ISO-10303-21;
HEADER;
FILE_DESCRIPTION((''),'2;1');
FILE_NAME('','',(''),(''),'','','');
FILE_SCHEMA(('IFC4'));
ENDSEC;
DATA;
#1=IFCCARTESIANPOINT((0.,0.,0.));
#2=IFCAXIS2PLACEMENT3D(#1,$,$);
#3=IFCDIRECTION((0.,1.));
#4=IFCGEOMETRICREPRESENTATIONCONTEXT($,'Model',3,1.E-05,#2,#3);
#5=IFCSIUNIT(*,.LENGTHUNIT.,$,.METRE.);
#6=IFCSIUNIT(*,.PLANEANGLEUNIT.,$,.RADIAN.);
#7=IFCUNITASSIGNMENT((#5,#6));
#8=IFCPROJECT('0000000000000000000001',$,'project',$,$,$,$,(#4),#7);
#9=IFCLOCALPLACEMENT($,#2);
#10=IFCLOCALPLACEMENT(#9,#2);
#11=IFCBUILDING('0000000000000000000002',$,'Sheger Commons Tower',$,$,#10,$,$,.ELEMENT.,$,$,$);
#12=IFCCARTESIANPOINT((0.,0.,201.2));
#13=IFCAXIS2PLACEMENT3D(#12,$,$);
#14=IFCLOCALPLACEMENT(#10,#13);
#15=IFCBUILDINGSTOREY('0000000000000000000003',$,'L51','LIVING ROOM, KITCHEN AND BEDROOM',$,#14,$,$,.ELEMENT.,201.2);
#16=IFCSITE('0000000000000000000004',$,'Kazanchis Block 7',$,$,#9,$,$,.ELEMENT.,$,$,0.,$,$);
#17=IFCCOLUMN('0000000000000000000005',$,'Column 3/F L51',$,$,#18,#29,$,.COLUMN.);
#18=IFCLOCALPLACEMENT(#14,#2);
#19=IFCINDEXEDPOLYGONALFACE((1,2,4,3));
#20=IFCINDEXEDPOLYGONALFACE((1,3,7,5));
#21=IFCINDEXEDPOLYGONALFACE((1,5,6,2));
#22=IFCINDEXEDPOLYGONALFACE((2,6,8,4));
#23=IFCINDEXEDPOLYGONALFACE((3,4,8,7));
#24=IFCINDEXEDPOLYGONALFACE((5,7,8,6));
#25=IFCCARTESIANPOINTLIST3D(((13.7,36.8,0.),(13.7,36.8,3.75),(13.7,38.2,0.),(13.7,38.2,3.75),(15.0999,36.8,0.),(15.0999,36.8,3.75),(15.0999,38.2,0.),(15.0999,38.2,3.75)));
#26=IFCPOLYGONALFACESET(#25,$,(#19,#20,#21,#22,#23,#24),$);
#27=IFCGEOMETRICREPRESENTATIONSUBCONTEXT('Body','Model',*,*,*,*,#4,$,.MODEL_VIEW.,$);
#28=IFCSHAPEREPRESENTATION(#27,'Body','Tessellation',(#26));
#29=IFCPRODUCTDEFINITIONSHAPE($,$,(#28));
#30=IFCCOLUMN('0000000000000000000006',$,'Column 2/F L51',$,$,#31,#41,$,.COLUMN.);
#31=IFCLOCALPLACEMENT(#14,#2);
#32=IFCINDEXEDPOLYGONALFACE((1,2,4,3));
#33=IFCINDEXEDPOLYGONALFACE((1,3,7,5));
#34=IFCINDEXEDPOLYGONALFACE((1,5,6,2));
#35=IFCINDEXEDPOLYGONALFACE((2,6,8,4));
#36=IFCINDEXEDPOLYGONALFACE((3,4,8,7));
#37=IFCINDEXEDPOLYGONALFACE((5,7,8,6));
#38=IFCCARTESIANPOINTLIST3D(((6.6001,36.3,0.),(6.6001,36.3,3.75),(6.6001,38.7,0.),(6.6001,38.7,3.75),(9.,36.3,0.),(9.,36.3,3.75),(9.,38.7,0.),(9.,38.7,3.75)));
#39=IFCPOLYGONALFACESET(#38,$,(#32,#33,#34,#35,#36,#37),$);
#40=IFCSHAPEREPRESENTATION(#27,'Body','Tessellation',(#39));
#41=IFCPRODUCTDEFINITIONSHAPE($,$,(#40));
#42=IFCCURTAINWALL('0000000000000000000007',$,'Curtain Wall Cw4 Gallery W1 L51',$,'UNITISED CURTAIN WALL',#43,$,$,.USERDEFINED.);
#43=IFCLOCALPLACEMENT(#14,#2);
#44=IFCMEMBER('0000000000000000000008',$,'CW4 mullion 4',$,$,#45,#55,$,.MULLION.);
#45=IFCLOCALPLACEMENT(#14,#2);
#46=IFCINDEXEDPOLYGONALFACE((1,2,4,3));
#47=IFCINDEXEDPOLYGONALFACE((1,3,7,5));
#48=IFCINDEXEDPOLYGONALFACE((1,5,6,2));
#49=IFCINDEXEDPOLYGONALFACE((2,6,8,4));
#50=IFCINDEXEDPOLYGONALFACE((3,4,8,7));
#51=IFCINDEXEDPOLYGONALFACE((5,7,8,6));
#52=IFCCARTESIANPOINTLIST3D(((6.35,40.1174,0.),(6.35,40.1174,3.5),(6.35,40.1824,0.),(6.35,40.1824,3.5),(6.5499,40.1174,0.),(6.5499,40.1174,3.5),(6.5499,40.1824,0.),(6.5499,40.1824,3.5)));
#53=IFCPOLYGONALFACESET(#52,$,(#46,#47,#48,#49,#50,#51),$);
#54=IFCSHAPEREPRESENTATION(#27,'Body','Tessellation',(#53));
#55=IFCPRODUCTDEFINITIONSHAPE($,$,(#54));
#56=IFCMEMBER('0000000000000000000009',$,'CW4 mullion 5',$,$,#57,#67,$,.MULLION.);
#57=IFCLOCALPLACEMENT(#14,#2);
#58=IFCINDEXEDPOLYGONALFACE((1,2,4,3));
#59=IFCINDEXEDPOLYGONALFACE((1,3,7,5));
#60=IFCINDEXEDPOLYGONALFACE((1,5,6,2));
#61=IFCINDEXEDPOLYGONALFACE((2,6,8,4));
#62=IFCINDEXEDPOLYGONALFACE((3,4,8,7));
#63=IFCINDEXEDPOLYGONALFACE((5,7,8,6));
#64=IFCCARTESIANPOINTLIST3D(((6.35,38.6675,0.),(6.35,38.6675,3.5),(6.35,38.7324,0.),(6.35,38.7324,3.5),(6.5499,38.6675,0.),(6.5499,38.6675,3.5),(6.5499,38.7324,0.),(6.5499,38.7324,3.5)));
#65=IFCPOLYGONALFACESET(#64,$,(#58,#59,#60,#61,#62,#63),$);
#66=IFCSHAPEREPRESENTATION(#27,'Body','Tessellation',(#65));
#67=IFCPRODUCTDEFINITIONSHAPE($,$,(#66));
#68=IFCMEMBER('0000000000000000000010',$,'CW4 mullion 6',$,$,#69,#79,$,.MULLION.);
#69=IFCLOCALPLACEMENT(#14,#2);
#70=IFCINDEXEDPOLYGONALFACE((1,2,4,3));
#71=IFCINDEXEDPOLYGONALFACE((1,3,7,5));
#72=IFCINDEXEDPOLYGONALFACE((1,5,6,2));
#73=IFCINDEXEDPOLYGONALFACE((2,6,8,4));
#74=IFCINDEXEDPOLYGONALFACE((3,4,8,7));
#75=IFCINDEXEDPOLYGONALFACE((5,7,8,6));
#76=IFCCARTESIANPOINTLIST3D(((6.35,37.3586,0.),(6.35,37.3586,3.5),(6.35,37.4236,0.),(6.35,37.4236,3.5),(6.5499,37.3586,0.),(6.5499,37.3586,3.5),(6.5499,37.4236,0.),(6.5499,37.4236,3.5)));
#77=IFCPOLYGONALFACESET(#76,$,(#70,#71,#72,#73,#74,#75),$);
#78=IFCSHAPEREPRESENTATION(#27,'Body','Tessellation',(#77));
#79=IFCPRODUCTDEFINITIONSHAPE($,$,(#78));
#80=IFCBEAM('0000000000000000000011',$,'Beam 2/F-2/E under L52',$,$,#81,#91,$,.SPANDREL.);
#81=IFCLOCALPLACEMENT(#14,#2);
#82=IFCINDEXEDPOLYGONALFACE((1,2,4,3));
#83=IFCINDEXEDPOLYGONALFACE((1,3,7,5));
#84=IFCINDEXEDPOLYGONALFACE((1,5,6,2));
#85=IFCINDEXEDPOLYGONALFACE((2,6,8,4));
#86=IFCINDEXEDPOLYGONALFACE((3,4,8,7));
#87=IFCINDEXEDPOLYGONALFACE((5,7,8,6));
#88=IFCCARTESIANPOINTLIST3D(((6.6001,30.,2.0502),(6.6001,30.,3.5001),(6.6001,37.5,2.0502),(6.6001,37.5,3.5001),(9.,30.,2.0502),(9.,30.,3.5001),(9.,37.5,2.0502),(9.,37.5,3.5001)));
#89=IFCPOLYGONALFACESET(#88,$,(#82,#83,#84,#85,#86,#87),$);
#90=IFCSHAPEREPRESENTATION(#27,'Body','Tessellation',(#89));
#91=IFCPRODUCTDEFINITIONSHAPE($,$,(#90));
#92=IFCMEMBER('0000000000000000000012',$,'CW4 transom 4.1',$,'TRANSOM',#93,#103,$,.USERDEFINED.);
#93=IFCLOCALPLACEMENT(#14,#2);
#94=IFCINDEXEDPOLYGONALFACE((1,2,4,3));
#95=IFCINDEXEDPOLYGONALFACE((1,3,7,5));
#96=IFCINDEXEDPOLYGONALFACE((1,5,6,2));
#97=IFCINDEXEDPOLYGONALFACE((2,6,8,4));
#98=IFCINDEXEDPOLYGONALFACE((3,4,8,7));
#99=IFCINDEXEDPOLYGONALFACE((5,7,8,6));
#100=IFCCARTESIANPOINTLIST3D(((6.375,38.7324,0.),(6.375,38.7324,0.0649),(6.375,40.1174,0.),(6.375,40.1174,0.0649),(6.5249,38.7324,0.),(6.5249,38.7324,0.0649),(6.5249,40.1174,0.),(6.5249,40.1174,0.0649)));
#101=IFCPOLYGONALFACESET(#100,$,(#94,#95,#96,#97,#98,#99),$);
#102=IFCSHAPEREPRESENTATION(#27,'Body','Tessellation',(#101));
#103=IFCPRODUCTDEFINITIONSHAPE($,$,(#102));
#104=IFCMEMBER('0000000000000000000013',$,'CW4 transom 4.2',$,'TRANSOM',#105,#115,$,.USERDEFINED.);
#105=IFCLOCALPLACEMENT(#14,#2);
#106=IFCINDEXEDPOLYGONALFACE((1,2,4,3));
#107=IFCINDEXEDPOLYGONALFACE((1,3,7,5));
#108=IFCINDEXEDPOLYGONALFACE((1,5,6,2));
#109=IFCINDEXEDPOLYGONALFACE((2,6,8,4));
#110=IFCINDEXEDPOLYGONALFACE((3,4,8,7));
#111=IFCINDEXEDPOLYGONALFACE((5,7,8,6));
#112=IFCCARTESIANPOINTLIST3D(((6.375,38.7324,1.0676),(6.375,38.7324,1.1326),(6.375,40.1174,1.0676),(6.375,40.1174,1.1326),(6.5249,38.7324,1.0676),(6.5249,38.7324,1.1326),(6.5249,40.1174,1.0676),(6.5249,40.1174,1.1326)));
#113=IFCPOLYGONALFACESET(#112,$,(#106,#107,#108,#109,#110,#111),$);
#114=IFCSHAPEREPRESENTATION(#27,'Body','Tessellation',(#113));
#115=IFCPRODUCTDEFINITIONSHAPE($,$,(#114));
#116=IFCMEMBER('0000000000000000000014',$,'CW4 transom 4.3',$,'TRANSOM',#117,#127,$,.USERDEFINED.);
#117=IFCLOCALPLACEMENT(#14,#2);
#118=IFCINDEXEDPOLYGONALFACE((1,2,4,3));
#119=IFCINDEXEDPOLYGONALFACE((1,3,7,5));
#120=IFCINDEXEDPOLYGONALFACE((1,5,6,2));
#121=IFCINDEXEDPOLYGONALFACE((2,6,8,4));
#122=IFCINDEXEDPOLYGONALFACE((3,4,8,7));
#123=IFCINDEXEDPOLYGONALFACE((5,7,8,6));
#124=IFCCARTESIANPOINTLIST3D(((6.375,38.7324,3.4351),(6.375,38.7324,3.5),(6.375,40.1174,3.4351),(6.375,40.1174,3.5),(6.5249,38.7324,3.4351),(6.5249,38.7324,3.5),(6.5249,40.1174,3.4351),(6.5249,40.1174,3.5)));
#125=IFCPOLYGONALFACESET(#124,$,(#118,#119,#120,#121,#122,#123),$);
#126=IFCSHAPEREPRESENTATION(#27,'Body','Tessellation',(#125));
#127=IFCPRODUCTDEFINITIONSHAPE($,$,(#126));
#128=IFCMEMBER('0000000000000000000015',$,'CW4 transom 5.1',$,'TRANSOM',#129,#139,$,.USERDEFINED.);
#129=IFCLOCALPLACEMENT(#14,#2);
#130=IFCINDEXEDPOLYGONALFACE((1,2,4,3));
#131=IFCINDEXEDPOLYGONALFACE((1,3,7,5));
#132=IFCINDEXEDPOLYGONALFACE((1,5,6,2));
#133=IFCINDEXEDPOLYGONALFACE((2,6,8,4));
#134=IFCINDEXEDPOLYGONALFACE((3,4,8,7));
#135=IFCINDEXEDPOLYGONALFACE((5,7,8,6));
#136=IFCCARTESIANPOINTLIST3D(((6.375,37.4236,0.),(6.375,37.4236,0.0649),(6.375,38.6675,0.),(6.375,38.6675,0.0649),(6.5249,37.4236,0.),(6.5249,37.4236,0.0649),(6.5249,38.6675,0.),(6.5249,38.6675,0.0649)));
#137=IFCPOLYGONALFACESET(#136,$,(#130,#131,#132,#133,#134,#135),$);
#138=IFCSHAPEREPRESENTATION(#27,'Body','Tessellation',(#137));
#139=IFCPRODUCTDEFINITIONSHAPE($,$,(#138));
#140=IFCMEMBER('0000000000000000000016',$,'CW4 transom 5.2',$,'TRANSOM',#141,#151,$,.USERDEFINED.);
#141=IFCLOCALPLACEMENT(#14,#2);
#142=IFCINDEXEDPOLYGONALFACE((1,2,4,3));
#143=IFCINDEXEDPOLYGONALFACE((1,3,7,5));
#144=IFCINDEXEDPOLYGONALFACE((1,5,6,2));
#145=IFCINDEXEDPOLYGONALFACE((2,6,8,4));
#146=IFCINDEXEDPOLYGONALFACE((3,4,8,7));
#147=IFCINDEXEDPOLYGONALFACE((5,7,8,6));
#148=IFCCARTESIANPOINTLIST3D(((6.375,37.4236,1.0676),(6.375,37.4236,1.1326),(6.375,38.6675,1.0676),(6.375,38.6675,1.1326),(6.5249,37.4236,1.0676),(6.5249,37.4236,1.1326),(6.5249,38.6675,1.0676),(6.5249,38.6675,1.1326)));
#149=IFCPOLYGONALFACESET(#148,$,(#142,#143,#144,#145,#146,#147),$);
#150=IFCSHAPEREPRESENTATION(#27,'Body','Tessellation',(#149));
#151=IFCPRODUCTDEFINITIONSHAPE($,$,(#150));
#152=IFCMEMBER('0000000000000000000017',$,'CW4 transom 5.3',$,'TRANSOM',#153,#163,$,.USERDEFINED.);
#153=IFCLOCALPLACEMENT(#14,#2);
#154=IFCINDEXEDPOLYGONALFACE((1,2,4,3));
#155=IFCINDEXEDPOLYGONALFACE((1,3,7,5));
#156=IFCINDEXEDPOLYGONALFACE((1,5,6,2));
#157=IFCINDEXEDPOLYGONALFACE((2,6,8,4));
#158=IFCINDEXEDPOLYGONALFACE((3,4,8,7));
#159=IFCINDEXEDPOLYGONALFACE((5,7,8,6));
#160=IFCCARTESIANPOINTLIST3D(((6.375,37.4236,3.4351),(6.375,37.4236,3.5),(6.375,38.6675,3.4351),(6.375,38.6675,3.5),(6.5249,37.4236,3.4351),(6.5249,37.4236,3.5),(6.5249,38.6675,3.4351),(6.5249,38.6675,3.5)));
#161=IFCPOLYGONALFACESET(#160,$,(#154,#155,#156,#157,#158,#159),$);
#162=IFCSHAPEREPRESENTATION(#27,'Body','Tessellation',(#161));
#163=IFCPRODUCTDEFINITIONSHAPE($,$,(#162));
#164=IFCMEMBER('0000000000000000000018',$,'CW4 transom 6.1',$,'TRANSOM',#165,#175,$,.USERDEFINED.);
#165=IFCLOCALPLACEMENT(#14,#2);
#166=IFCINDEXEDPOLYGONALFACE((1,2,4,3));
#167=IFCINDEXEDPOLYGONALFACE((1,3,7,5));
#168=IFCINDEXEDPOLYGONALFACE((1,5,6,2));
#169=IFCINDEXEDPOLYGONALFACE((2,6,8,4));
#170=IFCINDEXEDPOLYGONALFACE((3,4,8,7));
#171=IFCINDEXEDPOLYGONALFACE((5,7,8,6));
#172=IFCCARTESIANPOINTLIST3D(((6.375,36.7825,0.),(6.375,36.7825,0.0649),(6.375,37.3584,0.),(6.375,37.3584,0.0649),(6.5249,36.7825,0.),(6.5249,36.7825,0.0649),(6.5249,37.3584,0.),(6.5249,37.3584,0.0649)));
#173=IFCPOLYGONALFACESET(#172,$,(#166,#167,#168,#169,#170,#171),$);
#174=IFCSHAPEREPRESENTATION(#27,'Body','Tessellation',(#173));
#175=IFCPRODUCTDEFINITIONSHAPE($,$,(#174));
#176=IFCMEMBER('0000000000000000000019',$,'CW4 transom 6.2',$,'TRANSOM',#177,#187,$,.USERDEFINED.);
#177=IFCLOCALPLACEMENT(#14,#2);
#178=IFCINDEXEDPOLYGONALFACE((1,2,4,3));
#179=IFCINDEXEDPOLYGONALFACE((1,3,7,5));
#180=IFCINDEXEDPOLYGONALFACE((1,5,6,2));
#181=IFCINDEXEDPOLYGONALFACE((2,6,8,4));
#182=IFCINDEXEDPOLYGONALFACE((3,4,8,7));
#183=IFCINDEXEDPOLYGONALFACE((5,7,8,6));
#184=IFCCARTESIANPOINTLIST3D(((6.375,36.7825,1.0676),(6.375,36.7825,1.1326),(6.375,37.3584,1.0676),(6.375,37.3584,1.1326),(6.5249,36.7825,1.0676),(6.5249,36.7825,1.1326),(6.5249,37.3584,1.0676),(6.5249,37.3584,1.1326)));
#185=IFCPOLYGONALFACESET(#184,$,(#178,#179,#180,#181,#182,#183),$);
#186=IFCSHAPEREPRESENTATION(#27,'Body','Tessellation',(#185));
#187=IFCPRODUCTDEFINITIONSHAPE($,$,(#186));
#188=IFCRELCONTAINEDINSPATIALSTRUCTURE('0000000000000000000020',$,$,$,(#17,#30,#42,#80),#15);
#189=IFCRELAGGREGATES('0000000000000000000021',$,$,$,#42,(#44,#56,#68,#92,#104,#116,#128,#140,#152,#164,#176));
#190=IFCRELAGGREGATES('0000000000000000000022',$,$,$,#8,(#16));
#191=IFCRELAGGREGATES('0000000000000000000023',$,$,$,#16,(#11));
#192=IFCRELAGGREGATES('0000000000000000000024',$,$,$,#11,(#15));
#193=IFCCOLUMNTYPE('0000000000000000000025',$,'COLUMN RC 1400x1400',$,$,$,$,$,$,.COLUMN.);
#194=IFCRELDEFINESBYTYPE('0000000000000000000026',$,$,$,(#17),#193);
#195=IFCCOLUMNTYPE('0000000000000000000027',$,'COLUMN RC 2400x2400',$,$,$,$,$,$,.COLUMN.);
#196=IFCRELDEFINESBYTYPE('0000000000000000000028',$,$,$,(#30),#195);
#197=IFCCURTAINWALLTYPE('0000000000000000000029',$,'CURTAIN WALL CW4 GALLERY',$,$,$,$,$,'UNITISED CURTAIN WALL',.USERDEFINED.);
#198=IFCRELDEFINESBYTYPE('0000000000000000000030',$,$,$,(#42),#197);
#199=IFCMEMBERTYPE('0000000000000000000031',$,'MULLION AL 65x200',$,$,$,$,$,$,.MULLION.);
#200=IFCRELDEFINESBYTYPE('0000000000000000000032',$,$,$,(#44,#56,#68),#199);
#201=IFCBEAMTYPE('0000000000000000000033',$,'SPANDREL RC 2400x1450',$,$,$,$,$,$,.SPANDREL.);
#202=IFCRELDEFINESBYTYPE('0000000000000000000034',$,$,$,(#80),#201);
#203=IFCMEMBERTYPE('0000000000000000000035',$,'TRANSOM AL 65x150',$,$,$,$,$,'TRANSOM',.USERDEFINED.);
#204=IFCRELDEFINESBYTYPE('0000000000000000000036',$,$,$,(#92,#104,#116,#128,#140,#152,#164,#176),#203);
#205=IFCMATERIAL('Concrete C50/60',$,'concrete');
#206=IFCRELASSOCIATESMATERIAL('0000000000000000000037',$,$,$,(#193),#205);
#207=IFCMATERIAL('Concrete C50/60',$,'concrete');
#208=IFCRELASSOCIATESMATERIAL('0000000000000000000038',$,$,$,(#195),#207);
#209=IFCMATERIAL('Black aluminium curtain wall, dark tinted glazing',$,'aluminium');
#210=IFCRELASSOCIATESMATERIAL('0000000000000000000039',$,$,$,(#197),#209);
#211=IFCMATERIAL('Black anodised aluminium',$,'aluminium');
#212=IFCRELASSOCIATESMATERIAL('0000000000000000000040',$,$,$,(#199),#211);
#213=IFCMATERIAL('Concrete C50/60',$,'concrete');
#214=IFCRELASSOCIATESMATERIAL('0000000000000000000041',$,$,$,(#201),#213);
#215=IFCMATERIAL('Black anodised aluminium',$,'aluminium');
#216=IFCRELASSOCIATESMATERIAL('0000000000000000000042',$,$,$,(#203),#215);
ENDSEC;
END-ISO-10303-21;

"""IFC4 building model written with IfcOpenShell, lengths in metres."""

from ifc_helpers import new_model, si_unit, direction, frame, origin, origin_2d, place, context, subcontext, project, spatial, rectangle, extrude, material, material_profile, profile_set, type_object, element, aggregate, save


model = new_model("IFC4")

# Units and contexts
model_context = context("Model", 3, precision=1e-05, world=origin(), true_north=direction((0.0, 1.0)))
body_context = subcontext(model_context, "Body", "Model", "MODEL_VIEW")
ifc_project = project(units=[si_unit("LENGTHUNIT", "METRE"), si_unit("PLANEANGLEUNIT", "RADIAN")], contexts=[model_context])

# Site, building, storey
site_placement = place(None, origin())
site = spatial("IfcSite", under=ifc_project, at=site_placement, Name="Kazanchis Block 7", CompositionType="ELEMENT", RefElevation=0.0)
building_placement = place(site_placement, origin())
building = spatial("IfcBuilding", under=site, at=building_placement, Name="Sheger Commons Tower", CompositionType="ELEMENT")
storey_placement = place(building_placement, frame((0.0, 0.0, 201.2)))
storey = spatial("IfcBuildingStorey", under=building, at=storey_placement, Name="L51", Description="LIVING ROOM, KITCHEN AND BEDROOM", CompositionType="ELEMENT", Elevation=201.2)

# Columns
ifc_material_1 = material(Name="Concrete C50/60", Category="concrete")
ifc_material_profile_1 = material_profile(ifc_material_1, rectangle(XDim=1.3999, YDim=1.3999, at=origin_2d()), Name="RC 1400x1400")
ifc_profile_set_1 = profile_set([ifc_material_profile_1], Name="Concrete C50/60")
column_type_1 = type_object("IfcColumnType", Name="COLUMN RC 1400x1400", PredefinedType="COLUMN", material=ifc_profile_set_1)
column_1_placement = place(storey_placement, frame((14.3999, 37.5, 0.0), z_axis=(0.0, 0.0, 1.0), x_axis=(1.0, 0.0, 0.0)))
element("IfcColumn", 1, at=column_1_placement, inside=storey, type_object=column_type_1, Name="Column 3/F L51", PredefinedType="COLUMN", context=body_context, shape_type="SweptSolid", body=[
    extrude(rectangle(XDim=1.3999, YDim=1.3999, at=origin_2d()), origin(), (0.0, 0.0, 1.0), 3.75),
])
ifc_material_2 = material(Name="Concrete C50/60", Category="concrete")
ifc_material_profile_2 = material_profile(ifc_material_2, rectangle(XDim=2.3999, YDim=2.3999, at=origin_2d()), Name="RC 2400x2400")
ifc_profile_set_2 = profile_set([ifc_material_profile_2], Name="Concrete C50/60")
column_type_2 = type_object("IfcColumnType", Name="COLUMN RC 2400x2400", PredefinedType="COLUMN", material=ifc_profile_set_2)
column_2_placement = place(storey_placement, frame((7.8, 37.5, 0.0), z_axis=(0.0, 0.0, 1.0), x_axis=(1.0, 0.0, 0.0)))
element("IfcColumn", 2, at=column_2_placement, inside=storey, type_object=column_type_2, Name="Column 2/F L51", PredefinedType="COLUMN", context=body_context, shape_type="SweptSolid", body=[
    extrude(rectangle(XDim=2.3999, YDim=2.3999, at=origin_2d()), origin(), (0.0, 0.0, 1.0), 3.75),
])

# Curtain wall, members
ifc_material_3 = material(Name="Black aluminium curtain wall, dark tinted glazing", Category="aluminium")
curtain_wall_type = type_object("IfcCurtainWallType", Name="CURTAIN WALL CW4 GALLERY", ElementType="UNITISED CURTAIN WALL", PredefinedType="USERDEFINED", material=ifc_material_3)
curtain_wall_placement = place(storey_placement, origin())
curtain_wall = element("IfcCurtainWall", 3, at=curtain_wall_placement, inside=storey, type_object=curtain_wall_type, Name="Curtain Wall Cw4 Gallery W1 L51", ObjectType="UNITISED CURTAIN WALL", PredefinedType="USERDEFINED")
ifc_material_4 = material(Name="Black anodised aluminium", Category="aluminium")
ifc_material_profile_3 = material_profile(ifc_material_4, rectangle(XDim=0.2, YDim=0.0649, at=origin_2d()), Name="AL 65x200")
ifc_profile_set_3 = profile_set([ifc_material_profile_3], Name="Black anodised aluminium")
member_type_1 = type_object("IfcMemberType", Name="MULLION AL 65x200", PredefinedType="MULLION", material=ifc_profile_set_3)
member_1_placement = place(storey_placement, frame((6.45, 40.1499, 0.0), z_axis=(0.0, 0.0, 1.0), x_axis=(1.0, 0.0, 0.0)))
member_1 = element("IfcMember", 4, at=member_1_placement, type_object=member_type_1, Name="CW4 mullion 4", PredefinedType="MULLION", context=body_context, shape_type="SweptSolid", body=[
    extrude(rectangle(XDim=0.2, YDim=0.0649, at=origin_2d()), origin(), (0.0, 0.0, 1.0), 3.5),
])
member_2_placement = place(storey_placement, frame((6.45, 38.7, 0.0), z_axis=(0.0, 0.0, 1.0), x_axis=(1.0, 0.0, 0.0)))
member_2 = element("IfcMember", 5, at=member_2_placement, type_object=member_type_1, Name="CW4 mullion 5", PredefinedType="MULLION", context=body_context, shape_type="SweptSolid", body=[
    extrude(rectangle(XDim=0.2, YDim=0.0649, at=origin_2d()), origin(), (0.0, 0.0, 1.0), 3.5),
])
member_3_placement = place(storey_placement, frame((6.45, 37.3911, 0.0), z_axis=(0.0, 0.0, 1.0), x_axis=(1.0, 0.0, 0.0)))
member_3 = element("IfcMember", 6, at=member_3_placement, type_object=member_type_1, Name="CW4 mullion 6", PredefinedType="MULLION", context=body_context, shape_type="SweptSolid", body=[
    extrude(rectangle(XDim=0.2, YDim=0.0649, at=origin_2d()), origin(), (0.0, 0.0, 1.0), 3.5),
])

# Beam
ifc_material_5 = material(Name="Concrete C50/60", Category="concrete")
ifc_material_profile_4 = material_profile(ifc_material_5, rectangle(XDim=2.3999, YDim=1.45, at=origin_2d()), Name="RC 2400x1450")
ifc_profile_set_4 = profile_set([ifc_material_profile_4], Name="Concrete C50/60")
beam_type = type_object("IfcBeamType", Name="SPANDREL RC 2400x1450", PredefinedType="SPANDREL", material=ifc_profile_set_4)
beam_placement = place(storey_placement, frame((7.8, 37.5, 2.7751), z_axis=(0.0, -1.0, 0.0), x_axis=(1.0, 0.0, 0.0)))
element("IfcBeam", 7, at=beam_placement, inside=storey, type_object=beam_type, Name="Beam 2/F-2/E under L52", PredefinedType="SPANDREL", context=body_context, shape_type="SweptSolid", body=[
    extrude(rectangle(XDim=2.3999, YDim=1.45, at=origin_2d()), origin(), (0.0, 0.0, 1.0), 7.5),
])

# Members
ifc_material_6 = material(Name="Black anodised aluminium", Category="aluminium")
ifc_material_profile_5 = material_profile(ifc_material_6, rectangle(XDim=0.1499, YDim=0.0649, at=origin_2d()), Name="AL 65x150")
ifc_profile_set_5 = profile_set([ifc_material_profile_5], Name="Black anodised aluminium")
member_type_2 = type_object("IfcMemberType", Name="TRANSOM AL 65x150", ElementType="TRANSOM", PredefinedType="USERDEFINED", material=ifc_profile_set_5)
member_4_placement = place(storey_placement, frame((6.45, 40.1174, 0.0325), z_axis=(0.0, -1.0, 0.0), x_axis=(1.0, 0.0, 0.0)))
member_4 = element("IfcMember", 8, at=member_4_placement, type_object=member_type_2, Name="CW4 transom 4.1", ObjectType="TRANSOM", PredefinedType="USERDEFINED", context=body_context, shape_type="SweptSolid", body=[
    extrude(rectangle(XDim=0.1499, YDim=0.0649, at=origin_2d()), origin(), (0.0, 0.0, 1.0), 1.385),
])
member_5_placement = place(storey_placement, frame((6.45, 40.1174, 1.1001), z_axis=(0.0, -1.0, 0.0), x_axis=(1.0, 0.0, 0.0)))
member_5 = element("IfcMember", 9, at=member_5_placement, type_object=member_type_2, Name="CW4 transom 4.2", ObjectType="TRANSOM", PredefinedType="USERDEFINED", context=body_context, shape_type="SweptSolid", body=[
    extrude(rectangle(XDim=0.1499, YDim=0.0649, at=origin_2d()), origin(), (0.0, 0.0, 1.0), 1.385),
])
member_6_placement = place(storey_placement, frame((6.45, 40.1174, 3.4675), z_axis=(0.0, -1.0, 0.0), x_axis=(1.0, 0.0, 0.0)))
member_6 = element("IfcMember", 10, at=member_6_placement, type_object=member_type_2, Name="CW4 transom 4.3", ObjectType="TRANSOM", PredefinedType="USERDEFINED", context=body_context, shape_type="SweptSolid", body=[
    extrude(rectangle(XDim=0.1499, YDim=0.0649, at=origin_2d()), origin(), (0.0, 0.0, 1.0), 1.385),
])
member_7_placement = place(storey_placement, frame((6.45, 38.6675, 0.0325), z_axis=(0.0, -1.0, 0.0), x_axis=(1.0, 0.0, 0.0)))
member_7 = element("IfcMember", 11, at=member_7_placement, type_object=member_type_2, Name="CW4 transom 5.1", ObjectType="TRANSOM", PredefinedType="USERDEFINED", context=body_context, shape_type="SweptSolid", body=[
    extrude(rectangle(XDim=0.1499, YDim=0.0649, at=origin_2d()), origin(), (0.0, 0.0, 1.0), 1.2439),
])
member_8_placement = place(storey_placement, frame((6.45, 38.6675, 1.1001), z_axis=(0.0, -1.0, 0.0), x_axis=(1.0, 0.0, 0.0)))
member_8 = element("IfcMember", 12, at=member_8_placement, type_object=member_type_2, Name="CW4 transom 5.2", ObjectType="TRANSOM", PredefinedType="USERDEFINED", context=body_context, shape_type="SweptSolid", body=[
    extrude(rectangle(XDim=0.1499, YDim=0.0649, at=origin_2d()), origin(), (0.0, 0.0, 1.0), 1.2439),
])
member_9_placement = place(storey_placement, frame((6.45, 38.6675, 3.4675), z_axis=(0.0, -1.0, 0.0), x_axis=(1.0, 0.0, 0.0)))
member_9 = element("IfcMember", 13, at=member_9_placement, type_object=member_type_2, Name="CW4 transom 5.3", ObjectType="TRANSOM", PredefinedType="USERDEFINED", context=body_context, shape_type="SweptSolid", body=[
    extrude(rectangle(XDim=0.1499, YDim=0.0649, at=origin_2d()), origin(), (0.0, 0.0, 1.0), 1.2439),
])
member_10_placement = place(storey_placement, frame((6.45, 37.3584, 0.0325), z_axis=(0.0, -1.0, 0.0), x_axis=(1.0, 0.0, 0.0)))
member_10 = element("IfcMember", 14, at=member_10_placement, type_object=member_type_2, Name="CW4 transom 6.1", ObjectType="TRANSOM", PredefinedType="USERDEFINED", context=body_context, shape_type="SweptSolid", body=[
    extrude(rectangle(XDim=0.1499, YDim=0.0649, at=origin_2d()), origin(), (0.0, 0.0, 1.0), 0.5759),
])
member_11_placement = place(storey_placement, frame((6.45, 37.3584, 1.1001), z_axis=(0.0, -1.0, 0.0), x_axis=(1.0, 0.0, 0.0)))
member_11 = element("IfcMember", 15, at=member_11_placement, type_object=member_type_2, Name="CW4 transom 6.2", ObjectType="TRANSOM", PredefinedType="USERDEFINED", context=body_context, shape_type="SweptSolid", body=[
    extrude(rectangle(XDim=0.1499, YDim=0.0649, at=origin_2d()), origin(), (0.0, 0.0, 1.0), 0.5759),
])

aggregate(curtain_wall, [member_1, member_2, member_3, member_4, member_5, member_6, member_7, member_8, member_9, member_10, member_11])

save(model, "model.ifc")
